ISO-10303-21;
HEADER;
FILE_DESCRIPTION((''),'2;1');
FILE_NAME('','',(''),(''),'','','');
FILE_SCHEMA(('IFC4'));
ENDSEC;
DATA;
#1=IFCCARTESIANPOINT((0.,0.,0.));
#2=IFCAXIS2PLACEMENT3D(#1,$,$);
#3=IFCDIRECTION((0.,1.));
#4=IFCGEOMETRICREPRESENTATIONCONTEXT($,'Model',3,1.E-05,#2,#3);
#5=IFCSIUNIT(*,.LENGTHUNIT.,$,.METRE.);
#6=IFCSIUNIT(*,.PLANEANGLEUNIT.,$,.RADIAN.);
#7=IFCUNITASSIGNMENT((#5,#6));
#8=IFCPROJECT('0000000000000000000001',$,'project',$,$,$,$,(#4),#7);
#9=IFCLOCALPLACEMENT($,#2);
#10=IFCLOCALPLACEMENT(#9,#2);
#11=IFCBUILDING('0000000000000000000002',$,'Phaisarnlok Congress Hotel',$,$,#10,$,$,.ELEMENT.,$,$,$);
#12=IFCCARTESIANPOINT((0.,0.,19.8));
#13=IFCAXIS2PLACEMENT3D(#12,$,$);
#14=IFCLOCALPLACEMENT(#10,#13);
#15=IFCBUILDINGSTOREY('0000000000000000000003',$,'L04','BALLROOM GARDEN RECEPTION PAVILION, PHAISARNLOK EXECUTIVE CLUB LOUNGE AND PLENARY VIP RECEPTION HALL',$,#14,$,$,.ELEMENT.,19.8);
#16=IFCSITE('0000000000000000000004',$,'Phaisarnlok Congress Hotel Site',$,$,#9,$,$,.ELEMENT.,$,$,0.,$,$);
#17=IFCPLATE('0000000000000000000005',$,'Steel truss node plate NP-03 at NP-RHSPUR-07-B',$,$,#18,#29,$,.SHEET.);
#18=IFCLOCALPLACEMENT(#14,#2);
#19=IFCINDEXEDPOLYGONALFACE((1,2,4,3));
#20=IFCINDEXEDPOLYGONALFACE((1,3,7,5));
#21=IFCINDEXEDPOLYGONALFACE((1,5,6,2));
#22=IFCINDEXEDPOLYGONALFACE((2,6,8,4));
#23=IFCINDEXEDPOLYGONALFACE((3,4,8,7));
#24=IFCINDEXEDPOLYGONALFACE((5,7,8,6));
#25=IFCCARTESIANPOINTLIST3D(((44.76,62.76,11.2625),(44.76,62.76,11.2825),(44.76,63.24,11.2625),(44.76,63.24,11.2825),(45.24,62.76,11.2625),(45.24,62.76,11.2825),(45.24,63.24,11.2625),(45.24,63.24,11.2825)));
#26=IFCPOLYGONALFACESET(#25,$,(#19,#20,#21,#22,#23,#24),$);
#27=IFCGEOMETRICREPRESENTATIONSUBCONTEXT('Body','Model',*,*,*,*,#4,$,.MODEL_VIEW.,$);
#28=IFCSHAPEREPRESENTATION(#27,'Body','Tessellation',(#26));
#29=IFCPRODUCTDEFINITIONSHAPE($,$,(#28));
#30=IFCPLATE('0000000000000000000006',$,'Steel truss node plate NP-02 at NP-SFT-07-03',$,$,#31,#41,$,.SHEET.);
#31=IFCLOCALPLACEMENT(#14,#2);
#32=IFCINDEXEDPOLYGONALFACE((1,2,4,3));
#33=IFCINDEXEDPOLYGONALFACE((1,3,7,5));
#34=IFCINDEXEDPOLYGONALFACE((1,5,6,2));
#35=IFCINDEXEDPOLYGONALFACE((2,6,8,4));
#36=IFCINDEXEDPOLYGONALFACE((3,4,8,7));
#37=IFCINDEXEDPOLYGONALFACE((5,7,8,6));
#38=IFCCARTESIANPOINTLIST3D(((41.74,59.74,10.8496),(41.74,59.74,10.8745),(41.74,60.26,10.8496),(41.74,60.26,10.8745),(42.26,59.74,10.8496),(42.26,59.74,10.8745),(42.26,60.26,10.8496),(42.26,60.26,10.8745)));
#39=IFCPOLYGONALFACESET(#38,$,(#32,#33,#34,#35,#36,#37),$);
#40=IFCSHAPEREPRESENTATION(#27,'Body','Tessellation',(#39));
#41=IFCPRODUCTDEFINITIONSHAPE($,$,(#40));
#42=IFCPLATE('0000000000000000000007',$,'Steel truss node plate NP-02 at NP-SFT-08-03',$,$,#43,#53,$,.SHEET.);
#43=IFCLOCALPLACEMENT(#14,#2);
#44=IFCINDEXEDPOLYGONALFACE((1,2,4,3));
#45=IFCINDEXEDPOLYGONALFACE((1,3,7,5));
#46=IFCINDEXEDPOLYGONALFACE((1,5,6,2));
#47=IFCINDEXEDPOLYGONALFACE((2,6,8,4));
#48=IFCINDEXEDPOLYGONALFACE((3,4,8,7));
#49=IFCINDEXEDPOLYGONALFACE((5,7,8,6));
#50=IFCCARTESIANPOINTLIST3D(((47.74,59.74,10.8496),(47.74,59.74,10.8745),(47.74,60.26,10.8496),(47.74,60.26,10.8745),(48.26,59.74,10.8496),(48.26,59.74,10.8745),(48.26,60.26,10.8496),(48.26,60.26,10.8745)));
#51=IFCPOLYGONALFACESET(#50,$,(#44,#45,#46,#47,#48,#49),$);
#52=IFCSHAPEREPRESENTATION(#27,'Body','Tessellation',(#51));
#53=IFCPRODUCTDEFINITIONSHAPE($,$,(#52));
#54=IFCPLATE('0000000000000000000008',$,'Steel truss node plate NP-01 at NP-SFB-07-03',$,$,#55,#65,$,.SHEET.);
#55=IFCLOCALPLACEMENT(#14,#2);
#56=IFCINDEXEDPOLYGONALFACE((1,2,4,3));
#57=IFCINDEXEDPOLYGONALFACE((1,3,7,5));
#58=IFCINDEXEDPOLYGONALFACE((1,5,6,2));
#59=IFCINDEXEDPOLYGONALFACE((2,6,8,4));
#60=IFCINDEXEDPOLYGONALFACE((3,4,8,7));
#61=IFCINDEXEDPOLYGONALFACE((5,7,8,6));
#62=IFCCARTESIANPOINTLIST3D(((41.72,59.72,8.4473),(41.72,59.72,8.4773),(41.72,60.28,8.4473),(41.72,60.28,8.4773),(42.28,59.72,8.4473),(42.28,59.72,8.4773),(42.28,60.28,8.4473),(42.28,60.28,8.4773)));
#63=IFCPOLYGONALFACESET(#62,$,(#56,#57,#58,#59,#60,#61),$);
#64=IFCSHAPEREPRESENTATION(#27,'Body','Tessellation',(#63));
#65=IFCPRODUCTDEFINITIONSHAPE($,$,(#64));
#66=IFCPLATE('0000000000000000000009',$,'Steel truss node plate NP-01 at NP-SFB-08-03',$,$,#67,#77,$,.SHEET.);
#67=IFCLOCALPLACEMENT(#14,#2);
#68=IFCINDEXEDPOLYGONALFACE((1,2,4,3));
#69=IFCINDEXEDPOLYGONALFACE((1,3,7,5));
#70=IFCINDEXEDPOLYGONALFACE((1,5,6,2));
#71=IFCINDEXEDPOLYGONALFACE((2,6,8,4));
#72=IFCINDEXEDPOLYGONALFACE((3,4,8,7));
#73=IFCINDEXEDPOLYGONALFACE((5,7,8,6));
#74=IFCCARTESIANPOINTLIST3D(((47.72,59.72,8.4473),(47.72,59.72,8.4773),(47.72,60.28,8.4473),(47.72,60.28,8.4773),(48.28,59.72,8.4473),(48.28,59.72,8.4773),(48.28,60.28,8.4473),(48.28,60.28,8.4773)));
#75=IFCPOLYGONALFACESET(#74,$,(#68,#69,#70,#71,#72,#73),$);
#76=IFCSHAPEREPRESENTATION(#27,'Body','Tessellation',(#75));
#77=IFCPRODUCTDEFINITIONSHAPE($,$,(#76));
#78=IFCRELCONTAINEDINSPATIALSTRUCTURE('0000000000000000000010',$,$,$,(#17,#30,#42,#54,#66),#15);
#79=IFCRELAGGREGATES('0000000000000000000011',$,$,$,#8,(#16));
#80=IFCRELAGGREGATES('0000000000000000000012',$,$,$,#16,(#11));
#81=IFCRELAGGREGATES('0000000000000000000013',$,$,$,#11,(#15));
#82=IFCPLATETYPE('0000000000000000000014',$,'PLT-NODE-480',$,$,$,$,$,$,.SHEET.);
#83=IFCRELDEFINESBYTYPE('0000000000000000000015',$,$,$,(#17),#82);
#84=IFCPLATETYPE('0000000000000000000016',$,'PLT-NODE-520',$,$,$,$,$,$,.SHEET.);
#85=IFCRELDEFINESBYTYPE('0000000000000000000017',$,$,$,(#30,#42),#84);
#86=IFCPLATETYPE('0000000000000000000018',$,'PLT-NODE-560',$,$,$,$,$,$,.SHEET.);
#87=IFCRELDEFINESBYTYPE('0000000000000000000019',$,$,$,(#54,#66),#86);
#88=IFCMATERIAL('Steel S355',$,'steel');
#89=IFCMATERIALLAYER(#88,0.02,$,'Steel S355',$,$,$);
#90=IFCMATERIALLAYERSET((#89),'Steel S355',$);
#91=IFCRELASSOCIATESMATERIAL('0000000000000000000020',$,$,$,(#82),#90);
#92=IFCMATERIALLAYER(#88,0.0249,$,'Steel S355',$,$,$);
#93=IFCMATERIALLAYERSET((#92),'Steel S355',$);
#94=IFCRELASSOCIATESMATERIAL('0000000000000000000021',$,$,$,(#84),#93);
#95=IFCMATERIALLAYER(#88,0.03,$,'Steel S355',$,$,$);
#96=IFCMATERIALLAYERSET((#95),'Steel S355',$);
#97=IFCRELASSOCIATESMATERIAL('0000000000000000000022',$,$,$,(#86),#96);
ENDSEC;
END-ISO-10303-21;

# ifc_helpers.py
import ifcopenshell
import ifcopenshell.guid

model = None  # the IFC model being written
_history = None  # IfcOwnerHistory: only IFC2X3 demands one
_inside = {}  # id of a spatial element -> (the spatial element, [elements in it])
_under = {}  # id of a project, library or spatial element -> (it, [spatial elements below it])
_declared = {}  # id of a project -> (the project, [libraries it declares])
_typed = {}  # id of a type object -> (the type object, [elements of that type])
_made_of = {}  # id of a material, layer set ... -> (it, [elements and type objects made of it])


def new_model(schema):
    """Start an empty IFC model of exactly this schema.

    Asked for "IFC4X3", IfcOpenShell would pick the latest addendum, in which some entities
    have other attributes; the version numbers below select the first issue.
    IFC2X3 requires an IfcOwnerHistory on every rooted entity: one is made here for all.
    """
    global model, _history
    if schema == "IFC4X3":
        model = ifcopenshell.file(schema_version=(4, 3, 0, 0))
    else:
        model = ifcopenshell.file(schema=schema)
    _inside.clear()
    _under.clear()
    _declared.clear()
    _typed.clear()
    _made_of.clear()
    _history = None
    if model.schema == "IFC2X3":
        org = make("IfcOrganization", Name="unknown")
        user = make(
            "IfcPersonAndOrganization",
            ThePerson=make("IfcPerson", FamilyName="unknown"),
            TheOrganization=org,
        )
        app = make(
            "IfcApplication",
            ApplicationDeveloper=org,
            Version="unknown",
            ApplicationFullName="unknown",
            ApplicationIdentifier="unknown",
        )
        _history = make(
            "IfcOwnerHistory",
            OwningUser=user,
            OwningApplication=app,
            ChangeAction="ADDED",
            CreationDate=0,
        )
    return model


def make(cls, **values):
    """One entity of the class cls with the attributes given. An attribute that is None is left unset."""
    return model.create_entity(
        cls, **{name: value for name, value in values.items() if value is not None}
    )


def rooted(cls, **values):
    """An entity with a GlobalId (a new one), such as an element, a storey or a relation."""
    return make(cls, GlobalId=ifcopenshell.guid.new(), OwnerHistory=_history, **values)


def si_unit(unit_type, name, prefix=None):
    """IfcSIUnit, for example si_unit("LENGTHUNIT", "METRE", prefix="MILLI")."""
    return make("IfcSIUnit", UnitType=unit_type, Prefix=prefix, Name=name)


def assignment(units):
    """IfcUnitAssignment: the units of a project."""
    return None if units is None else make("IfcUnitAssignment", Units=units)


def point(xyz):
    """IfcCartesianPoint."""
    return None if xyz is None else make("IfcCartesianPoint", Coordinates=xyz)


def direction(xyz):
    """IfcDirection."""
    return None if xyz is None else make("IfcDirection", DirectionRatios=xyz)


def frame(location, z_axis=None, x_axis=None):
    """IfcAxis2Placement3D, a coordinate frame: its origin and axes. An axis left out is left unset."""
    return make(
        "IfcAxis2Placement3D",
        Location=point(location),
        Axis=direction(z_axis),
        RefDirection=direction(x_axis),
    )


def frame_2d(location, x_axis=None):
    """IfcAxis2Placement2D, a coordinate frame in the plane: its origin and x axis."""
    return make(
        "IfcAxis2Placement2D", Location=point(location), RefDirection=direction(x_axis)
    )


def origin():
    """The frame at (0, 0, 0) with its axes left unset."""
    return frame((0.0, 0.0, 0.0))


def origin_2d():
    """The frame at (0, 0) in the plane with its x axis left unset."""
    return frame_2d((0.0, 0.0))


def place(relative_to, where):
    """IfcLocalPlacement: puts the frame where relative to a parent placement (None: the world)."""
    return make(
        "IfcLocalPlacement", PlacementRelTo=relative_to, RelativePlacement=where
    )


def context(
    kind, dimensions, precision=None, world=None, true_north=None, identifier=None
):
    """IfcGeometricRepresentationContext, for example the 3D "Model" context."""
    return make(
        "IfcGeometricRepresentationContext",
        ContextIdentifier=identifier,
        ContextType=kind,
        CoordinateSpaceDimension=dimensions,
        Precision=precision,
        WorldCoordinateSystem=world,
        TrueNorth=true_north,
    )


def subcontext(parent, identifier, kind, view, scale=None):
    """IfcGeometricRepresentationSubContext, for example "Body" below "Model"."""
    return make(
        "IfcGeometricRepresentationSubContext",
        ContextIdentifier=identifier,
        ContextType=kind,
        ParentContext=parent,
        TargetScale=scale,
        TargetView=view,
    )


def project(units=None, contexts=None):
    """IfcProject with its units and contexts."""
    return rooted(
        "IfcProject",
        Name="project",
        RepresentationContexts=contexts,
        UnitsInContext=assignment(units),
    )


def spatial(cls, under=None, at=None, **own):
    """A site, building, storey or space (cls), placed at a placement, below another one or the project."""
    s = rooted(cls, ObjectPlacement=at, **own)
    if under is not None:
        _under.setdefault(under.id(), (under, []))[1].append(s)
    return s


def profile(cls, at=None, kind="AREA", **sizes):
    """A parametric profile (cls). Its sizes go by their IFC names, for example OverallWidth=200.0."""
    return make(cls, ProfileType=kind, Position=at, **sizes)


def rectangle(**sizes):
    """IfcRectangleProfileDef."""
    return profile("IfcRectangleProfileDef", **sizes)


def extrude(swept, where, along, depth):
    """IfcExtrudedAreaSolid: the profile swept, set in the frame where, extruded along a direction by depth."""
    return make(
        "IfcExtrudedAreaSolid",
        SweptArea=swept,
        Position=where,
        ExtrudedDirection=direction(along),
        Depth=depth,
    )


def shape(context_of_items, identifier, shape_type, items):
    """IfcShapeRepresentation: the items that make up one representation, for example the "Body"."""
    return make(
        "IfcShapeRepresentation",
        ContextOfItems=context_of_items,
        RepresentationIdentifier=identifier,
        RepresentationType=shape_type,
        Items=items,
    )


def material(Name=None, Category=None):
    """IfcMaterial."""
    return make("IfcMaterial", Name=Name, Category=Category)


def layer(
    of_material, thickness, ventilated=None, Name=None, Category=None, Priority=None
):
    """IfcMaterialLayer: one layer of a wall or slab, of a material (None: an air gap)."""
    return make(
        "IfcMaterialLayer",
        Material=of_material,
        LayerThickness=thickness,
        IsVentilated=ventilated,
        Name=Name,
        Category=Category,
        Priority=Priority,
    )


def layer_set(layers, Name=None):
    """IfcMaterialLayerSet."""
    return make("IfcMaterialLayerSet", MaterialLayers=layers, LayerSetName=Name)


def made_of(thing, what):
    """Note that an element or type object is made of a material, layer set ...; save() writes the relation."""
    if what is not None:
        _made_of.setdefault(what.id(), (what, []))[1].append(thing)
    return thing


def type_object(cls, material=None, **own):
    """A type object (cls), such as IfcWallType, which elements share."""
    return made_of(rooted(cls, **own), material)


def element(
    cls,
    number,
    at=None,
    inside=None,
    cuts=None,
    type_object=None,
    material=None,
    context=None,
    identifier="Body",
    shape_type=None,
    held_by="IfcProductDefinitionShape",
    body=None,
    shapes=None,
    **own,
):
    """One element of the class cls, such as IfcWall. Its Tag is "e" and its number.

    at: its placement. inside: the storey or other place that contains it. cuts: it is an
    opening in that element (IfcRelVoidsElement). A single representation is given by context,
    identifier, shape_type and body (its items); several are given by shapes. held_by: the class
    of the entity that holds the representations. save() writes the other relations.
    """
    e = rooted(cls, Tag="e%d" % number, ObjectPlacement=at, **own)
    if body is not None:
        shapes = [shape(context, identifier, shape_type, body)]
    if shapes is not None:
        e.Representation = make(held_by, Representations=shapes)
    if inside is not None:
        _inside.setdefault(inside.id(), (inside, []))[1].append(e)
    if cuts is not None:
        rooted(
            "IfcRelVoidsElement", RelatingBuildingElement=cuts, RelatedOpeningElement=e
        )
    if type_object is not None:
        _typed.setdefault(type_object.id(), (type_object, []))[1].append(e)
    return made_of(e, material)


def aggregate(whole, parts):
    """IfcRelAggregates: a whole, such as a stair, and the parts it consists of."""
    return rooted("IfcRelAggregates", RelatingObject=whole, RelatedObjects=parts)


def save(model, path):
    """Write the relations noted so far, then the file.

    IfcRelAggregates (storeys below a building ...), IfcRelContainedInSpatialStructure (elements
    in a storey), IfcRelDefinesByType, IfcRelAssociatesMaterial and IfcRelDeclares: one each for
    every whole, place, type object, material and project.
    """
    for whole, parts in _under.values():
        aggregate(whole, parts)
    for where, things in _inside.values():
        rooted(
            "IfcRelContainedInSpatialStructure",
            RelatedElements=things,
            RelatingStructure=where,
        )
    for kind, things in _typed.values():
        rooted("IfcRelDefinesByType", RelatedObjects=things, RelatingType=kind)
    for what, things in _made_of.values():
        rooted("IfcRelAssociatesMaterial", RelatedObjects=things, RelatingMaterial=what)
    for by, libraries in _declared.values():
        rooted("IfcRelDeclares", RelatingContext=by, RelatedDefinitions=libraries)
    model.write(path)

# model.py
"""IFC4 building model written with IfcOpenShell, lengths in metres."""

from ifc_helpers import new_model, si_unit, direction, frame, origin, origin_2d, place, context, subcontext, project, spatial, rectangle, extrude, material, layer, layer_set, type_object, element, save


model = new_model("IFC4")

# Units and contexts
model_context = context("Model", 3, precision=1e-05, world=origin(), true_north=direction((0.0, 1.0)))
body_context = subcontext(model_context, "Body", "Model", "MODEL_VIEW")
ifc_project = project(units=[si_unit("LENGTHUNIT", "METRE"), si_unit("PLANEANGLEUNIT", "RADIAN")], contexts=[model_context])

# Site, building, storey
site_placement = place(None, origin())
site = spatial("IfcSite", under=ifc_project, at=site_placement, Name="Phaisarnlok Congress Hotel Site", CompositionType="ELEMENT", RefElevation=0.0)
building_placement = place(site_placement, origin())
building = spatial("IfcBuilding", under=site, at=building_placement, Name="Phaisarnlok Congress Hotel", CompositionType="ELEMENT")
storey_placement = place(building_placement, frame((0.0, 0.0, 19.8)))
storey = spatial("IfcBuildingStorey", under=building, at=storey_placement, Name="L04", Description="BALLROOM GARDEN RECEPTION PAVILION, PHAISARNLOK EXECUTIVE CLUB LOUNGE AND PLENARY VIP RECEPTION HALL", CompositionType="ELEMENT", Elevation=19.8)

# Shared definitions
ifc_material = material(Name="Steel S355", Category="steel")

# Plates
ifc_layer_1 = layer(ifc_material, 0.02, Name="Steel S355")
ifc_layer_set_1 = layer_set([ifc_layer_1], Name="Steel S355")
plate_type_1 = type_object("IfcPlateType", Name="PLT-NODE-480", PredefinedType="SHEET", material=ifc_layer_set_1)
for number, where, z_axis, x_axis, name in (
    (1, (45.0, 63.0, 11.2625), (0.0, 0.0, 1.0), (1.0, 0.0, 0.0), "Steel truss node plate NP-03 at NP-RHSPUR-07-B"),
):
    element("IfcPlate", number, at=place(storey_placement, frame(where, z_axis=z_axis, x_axis=x_axis)), inside=storey, type_object=plate_type_1, Name=name, PredefinedType="SHEET", context=body_context, shape_type="SweptSolid", body=[
        extrude(rectangle(XDim=0.48, YDim=0.48, at=origin_2d()), origin(), (0.0, 0.0, 1.0), 0.02),
    ])
ifc_layer_2 = layer(ifc_material, 0.0249, Name="Steel S355")
ifc_layer_set_2 = layer_set([ifc_layer_2], Name="Steel S355")
plate_type_2 = type_object("IfcPlateType", Name="PLT-NODE-520", PredefinedType="SHEET", material=ifc_layer_set_2)
for number, where, z_axis, x_axis, name in (
    (2, (42.0, 60.0, 10.8496), (0.0, 0.0, 1.0), (1.0, 0.0, 0.0), "Steel truss node plate NP-02 at NP-SFT-07-03"),
    (3, (48.0, 60.0, 10.8496), (0.0, 0.0, 1.0), (1.0, 0.0, 0.0), "Steel truss node plate NP-02 at NP-SFT-08-03"),
):
    element("IfcPlate", number, at=place(storey_placement, frame(where, z_axis=z_axis, x_axis=x_axis)), inside=storey, type_object=plate_type_2, Name=name, PredefinedType="SHEET", context=body_context, shape_type="SweptSolid", body=[
        extrude(rectangle(XDim=0.52, YDim=0.52, at=origin_2d()), origin(), (0.0, 0.0, 1.0), 0.0249),
    ])
ifc_layer_3 = layer(ifc_material, 0.03, Name="Steel S355")
ifc_layer_set_3 = layer_set([ifc_layer_3], Name="Steel S355")
plate_type_3 = type_object("IfcPlateType", Name="PLT-NODE-560", PredefinedType="SHEET", material=ifc_layer_set_3)
for number, where, z_axis, x_axis, name in (
    (4, (42.0, 60.0, 8.4473), (0.0, 0.0, 1.0), (1.0, 0.0, 0.0), "Steel truss node plate NP-01 at NP-SFB-07-03"),
    (5, (48.0, 60.0, 8.4473), (0.0, 0.0, 1.0), (1.0, 0.0, 0.0), "Steel truss node plate NP-01 at NP-SFB-08-03"),
):
    element("IfcPlate", number, at=place(storey_placement, frame(where, z_axis=z_axis, x_axis=x_axis)), inside=storey, type_object=plate_type_3, Name=name, PredefinedType="SHEET", context=body_context, shape_type="SweptSolid", body=[
        extrude(rectangle(XDim=0.5601, YDim=0.5601, at=origin_2d()), origin(), (0.0, 0.0, 1.0), 0.03),
    ])

save(model, "model.ifc")
